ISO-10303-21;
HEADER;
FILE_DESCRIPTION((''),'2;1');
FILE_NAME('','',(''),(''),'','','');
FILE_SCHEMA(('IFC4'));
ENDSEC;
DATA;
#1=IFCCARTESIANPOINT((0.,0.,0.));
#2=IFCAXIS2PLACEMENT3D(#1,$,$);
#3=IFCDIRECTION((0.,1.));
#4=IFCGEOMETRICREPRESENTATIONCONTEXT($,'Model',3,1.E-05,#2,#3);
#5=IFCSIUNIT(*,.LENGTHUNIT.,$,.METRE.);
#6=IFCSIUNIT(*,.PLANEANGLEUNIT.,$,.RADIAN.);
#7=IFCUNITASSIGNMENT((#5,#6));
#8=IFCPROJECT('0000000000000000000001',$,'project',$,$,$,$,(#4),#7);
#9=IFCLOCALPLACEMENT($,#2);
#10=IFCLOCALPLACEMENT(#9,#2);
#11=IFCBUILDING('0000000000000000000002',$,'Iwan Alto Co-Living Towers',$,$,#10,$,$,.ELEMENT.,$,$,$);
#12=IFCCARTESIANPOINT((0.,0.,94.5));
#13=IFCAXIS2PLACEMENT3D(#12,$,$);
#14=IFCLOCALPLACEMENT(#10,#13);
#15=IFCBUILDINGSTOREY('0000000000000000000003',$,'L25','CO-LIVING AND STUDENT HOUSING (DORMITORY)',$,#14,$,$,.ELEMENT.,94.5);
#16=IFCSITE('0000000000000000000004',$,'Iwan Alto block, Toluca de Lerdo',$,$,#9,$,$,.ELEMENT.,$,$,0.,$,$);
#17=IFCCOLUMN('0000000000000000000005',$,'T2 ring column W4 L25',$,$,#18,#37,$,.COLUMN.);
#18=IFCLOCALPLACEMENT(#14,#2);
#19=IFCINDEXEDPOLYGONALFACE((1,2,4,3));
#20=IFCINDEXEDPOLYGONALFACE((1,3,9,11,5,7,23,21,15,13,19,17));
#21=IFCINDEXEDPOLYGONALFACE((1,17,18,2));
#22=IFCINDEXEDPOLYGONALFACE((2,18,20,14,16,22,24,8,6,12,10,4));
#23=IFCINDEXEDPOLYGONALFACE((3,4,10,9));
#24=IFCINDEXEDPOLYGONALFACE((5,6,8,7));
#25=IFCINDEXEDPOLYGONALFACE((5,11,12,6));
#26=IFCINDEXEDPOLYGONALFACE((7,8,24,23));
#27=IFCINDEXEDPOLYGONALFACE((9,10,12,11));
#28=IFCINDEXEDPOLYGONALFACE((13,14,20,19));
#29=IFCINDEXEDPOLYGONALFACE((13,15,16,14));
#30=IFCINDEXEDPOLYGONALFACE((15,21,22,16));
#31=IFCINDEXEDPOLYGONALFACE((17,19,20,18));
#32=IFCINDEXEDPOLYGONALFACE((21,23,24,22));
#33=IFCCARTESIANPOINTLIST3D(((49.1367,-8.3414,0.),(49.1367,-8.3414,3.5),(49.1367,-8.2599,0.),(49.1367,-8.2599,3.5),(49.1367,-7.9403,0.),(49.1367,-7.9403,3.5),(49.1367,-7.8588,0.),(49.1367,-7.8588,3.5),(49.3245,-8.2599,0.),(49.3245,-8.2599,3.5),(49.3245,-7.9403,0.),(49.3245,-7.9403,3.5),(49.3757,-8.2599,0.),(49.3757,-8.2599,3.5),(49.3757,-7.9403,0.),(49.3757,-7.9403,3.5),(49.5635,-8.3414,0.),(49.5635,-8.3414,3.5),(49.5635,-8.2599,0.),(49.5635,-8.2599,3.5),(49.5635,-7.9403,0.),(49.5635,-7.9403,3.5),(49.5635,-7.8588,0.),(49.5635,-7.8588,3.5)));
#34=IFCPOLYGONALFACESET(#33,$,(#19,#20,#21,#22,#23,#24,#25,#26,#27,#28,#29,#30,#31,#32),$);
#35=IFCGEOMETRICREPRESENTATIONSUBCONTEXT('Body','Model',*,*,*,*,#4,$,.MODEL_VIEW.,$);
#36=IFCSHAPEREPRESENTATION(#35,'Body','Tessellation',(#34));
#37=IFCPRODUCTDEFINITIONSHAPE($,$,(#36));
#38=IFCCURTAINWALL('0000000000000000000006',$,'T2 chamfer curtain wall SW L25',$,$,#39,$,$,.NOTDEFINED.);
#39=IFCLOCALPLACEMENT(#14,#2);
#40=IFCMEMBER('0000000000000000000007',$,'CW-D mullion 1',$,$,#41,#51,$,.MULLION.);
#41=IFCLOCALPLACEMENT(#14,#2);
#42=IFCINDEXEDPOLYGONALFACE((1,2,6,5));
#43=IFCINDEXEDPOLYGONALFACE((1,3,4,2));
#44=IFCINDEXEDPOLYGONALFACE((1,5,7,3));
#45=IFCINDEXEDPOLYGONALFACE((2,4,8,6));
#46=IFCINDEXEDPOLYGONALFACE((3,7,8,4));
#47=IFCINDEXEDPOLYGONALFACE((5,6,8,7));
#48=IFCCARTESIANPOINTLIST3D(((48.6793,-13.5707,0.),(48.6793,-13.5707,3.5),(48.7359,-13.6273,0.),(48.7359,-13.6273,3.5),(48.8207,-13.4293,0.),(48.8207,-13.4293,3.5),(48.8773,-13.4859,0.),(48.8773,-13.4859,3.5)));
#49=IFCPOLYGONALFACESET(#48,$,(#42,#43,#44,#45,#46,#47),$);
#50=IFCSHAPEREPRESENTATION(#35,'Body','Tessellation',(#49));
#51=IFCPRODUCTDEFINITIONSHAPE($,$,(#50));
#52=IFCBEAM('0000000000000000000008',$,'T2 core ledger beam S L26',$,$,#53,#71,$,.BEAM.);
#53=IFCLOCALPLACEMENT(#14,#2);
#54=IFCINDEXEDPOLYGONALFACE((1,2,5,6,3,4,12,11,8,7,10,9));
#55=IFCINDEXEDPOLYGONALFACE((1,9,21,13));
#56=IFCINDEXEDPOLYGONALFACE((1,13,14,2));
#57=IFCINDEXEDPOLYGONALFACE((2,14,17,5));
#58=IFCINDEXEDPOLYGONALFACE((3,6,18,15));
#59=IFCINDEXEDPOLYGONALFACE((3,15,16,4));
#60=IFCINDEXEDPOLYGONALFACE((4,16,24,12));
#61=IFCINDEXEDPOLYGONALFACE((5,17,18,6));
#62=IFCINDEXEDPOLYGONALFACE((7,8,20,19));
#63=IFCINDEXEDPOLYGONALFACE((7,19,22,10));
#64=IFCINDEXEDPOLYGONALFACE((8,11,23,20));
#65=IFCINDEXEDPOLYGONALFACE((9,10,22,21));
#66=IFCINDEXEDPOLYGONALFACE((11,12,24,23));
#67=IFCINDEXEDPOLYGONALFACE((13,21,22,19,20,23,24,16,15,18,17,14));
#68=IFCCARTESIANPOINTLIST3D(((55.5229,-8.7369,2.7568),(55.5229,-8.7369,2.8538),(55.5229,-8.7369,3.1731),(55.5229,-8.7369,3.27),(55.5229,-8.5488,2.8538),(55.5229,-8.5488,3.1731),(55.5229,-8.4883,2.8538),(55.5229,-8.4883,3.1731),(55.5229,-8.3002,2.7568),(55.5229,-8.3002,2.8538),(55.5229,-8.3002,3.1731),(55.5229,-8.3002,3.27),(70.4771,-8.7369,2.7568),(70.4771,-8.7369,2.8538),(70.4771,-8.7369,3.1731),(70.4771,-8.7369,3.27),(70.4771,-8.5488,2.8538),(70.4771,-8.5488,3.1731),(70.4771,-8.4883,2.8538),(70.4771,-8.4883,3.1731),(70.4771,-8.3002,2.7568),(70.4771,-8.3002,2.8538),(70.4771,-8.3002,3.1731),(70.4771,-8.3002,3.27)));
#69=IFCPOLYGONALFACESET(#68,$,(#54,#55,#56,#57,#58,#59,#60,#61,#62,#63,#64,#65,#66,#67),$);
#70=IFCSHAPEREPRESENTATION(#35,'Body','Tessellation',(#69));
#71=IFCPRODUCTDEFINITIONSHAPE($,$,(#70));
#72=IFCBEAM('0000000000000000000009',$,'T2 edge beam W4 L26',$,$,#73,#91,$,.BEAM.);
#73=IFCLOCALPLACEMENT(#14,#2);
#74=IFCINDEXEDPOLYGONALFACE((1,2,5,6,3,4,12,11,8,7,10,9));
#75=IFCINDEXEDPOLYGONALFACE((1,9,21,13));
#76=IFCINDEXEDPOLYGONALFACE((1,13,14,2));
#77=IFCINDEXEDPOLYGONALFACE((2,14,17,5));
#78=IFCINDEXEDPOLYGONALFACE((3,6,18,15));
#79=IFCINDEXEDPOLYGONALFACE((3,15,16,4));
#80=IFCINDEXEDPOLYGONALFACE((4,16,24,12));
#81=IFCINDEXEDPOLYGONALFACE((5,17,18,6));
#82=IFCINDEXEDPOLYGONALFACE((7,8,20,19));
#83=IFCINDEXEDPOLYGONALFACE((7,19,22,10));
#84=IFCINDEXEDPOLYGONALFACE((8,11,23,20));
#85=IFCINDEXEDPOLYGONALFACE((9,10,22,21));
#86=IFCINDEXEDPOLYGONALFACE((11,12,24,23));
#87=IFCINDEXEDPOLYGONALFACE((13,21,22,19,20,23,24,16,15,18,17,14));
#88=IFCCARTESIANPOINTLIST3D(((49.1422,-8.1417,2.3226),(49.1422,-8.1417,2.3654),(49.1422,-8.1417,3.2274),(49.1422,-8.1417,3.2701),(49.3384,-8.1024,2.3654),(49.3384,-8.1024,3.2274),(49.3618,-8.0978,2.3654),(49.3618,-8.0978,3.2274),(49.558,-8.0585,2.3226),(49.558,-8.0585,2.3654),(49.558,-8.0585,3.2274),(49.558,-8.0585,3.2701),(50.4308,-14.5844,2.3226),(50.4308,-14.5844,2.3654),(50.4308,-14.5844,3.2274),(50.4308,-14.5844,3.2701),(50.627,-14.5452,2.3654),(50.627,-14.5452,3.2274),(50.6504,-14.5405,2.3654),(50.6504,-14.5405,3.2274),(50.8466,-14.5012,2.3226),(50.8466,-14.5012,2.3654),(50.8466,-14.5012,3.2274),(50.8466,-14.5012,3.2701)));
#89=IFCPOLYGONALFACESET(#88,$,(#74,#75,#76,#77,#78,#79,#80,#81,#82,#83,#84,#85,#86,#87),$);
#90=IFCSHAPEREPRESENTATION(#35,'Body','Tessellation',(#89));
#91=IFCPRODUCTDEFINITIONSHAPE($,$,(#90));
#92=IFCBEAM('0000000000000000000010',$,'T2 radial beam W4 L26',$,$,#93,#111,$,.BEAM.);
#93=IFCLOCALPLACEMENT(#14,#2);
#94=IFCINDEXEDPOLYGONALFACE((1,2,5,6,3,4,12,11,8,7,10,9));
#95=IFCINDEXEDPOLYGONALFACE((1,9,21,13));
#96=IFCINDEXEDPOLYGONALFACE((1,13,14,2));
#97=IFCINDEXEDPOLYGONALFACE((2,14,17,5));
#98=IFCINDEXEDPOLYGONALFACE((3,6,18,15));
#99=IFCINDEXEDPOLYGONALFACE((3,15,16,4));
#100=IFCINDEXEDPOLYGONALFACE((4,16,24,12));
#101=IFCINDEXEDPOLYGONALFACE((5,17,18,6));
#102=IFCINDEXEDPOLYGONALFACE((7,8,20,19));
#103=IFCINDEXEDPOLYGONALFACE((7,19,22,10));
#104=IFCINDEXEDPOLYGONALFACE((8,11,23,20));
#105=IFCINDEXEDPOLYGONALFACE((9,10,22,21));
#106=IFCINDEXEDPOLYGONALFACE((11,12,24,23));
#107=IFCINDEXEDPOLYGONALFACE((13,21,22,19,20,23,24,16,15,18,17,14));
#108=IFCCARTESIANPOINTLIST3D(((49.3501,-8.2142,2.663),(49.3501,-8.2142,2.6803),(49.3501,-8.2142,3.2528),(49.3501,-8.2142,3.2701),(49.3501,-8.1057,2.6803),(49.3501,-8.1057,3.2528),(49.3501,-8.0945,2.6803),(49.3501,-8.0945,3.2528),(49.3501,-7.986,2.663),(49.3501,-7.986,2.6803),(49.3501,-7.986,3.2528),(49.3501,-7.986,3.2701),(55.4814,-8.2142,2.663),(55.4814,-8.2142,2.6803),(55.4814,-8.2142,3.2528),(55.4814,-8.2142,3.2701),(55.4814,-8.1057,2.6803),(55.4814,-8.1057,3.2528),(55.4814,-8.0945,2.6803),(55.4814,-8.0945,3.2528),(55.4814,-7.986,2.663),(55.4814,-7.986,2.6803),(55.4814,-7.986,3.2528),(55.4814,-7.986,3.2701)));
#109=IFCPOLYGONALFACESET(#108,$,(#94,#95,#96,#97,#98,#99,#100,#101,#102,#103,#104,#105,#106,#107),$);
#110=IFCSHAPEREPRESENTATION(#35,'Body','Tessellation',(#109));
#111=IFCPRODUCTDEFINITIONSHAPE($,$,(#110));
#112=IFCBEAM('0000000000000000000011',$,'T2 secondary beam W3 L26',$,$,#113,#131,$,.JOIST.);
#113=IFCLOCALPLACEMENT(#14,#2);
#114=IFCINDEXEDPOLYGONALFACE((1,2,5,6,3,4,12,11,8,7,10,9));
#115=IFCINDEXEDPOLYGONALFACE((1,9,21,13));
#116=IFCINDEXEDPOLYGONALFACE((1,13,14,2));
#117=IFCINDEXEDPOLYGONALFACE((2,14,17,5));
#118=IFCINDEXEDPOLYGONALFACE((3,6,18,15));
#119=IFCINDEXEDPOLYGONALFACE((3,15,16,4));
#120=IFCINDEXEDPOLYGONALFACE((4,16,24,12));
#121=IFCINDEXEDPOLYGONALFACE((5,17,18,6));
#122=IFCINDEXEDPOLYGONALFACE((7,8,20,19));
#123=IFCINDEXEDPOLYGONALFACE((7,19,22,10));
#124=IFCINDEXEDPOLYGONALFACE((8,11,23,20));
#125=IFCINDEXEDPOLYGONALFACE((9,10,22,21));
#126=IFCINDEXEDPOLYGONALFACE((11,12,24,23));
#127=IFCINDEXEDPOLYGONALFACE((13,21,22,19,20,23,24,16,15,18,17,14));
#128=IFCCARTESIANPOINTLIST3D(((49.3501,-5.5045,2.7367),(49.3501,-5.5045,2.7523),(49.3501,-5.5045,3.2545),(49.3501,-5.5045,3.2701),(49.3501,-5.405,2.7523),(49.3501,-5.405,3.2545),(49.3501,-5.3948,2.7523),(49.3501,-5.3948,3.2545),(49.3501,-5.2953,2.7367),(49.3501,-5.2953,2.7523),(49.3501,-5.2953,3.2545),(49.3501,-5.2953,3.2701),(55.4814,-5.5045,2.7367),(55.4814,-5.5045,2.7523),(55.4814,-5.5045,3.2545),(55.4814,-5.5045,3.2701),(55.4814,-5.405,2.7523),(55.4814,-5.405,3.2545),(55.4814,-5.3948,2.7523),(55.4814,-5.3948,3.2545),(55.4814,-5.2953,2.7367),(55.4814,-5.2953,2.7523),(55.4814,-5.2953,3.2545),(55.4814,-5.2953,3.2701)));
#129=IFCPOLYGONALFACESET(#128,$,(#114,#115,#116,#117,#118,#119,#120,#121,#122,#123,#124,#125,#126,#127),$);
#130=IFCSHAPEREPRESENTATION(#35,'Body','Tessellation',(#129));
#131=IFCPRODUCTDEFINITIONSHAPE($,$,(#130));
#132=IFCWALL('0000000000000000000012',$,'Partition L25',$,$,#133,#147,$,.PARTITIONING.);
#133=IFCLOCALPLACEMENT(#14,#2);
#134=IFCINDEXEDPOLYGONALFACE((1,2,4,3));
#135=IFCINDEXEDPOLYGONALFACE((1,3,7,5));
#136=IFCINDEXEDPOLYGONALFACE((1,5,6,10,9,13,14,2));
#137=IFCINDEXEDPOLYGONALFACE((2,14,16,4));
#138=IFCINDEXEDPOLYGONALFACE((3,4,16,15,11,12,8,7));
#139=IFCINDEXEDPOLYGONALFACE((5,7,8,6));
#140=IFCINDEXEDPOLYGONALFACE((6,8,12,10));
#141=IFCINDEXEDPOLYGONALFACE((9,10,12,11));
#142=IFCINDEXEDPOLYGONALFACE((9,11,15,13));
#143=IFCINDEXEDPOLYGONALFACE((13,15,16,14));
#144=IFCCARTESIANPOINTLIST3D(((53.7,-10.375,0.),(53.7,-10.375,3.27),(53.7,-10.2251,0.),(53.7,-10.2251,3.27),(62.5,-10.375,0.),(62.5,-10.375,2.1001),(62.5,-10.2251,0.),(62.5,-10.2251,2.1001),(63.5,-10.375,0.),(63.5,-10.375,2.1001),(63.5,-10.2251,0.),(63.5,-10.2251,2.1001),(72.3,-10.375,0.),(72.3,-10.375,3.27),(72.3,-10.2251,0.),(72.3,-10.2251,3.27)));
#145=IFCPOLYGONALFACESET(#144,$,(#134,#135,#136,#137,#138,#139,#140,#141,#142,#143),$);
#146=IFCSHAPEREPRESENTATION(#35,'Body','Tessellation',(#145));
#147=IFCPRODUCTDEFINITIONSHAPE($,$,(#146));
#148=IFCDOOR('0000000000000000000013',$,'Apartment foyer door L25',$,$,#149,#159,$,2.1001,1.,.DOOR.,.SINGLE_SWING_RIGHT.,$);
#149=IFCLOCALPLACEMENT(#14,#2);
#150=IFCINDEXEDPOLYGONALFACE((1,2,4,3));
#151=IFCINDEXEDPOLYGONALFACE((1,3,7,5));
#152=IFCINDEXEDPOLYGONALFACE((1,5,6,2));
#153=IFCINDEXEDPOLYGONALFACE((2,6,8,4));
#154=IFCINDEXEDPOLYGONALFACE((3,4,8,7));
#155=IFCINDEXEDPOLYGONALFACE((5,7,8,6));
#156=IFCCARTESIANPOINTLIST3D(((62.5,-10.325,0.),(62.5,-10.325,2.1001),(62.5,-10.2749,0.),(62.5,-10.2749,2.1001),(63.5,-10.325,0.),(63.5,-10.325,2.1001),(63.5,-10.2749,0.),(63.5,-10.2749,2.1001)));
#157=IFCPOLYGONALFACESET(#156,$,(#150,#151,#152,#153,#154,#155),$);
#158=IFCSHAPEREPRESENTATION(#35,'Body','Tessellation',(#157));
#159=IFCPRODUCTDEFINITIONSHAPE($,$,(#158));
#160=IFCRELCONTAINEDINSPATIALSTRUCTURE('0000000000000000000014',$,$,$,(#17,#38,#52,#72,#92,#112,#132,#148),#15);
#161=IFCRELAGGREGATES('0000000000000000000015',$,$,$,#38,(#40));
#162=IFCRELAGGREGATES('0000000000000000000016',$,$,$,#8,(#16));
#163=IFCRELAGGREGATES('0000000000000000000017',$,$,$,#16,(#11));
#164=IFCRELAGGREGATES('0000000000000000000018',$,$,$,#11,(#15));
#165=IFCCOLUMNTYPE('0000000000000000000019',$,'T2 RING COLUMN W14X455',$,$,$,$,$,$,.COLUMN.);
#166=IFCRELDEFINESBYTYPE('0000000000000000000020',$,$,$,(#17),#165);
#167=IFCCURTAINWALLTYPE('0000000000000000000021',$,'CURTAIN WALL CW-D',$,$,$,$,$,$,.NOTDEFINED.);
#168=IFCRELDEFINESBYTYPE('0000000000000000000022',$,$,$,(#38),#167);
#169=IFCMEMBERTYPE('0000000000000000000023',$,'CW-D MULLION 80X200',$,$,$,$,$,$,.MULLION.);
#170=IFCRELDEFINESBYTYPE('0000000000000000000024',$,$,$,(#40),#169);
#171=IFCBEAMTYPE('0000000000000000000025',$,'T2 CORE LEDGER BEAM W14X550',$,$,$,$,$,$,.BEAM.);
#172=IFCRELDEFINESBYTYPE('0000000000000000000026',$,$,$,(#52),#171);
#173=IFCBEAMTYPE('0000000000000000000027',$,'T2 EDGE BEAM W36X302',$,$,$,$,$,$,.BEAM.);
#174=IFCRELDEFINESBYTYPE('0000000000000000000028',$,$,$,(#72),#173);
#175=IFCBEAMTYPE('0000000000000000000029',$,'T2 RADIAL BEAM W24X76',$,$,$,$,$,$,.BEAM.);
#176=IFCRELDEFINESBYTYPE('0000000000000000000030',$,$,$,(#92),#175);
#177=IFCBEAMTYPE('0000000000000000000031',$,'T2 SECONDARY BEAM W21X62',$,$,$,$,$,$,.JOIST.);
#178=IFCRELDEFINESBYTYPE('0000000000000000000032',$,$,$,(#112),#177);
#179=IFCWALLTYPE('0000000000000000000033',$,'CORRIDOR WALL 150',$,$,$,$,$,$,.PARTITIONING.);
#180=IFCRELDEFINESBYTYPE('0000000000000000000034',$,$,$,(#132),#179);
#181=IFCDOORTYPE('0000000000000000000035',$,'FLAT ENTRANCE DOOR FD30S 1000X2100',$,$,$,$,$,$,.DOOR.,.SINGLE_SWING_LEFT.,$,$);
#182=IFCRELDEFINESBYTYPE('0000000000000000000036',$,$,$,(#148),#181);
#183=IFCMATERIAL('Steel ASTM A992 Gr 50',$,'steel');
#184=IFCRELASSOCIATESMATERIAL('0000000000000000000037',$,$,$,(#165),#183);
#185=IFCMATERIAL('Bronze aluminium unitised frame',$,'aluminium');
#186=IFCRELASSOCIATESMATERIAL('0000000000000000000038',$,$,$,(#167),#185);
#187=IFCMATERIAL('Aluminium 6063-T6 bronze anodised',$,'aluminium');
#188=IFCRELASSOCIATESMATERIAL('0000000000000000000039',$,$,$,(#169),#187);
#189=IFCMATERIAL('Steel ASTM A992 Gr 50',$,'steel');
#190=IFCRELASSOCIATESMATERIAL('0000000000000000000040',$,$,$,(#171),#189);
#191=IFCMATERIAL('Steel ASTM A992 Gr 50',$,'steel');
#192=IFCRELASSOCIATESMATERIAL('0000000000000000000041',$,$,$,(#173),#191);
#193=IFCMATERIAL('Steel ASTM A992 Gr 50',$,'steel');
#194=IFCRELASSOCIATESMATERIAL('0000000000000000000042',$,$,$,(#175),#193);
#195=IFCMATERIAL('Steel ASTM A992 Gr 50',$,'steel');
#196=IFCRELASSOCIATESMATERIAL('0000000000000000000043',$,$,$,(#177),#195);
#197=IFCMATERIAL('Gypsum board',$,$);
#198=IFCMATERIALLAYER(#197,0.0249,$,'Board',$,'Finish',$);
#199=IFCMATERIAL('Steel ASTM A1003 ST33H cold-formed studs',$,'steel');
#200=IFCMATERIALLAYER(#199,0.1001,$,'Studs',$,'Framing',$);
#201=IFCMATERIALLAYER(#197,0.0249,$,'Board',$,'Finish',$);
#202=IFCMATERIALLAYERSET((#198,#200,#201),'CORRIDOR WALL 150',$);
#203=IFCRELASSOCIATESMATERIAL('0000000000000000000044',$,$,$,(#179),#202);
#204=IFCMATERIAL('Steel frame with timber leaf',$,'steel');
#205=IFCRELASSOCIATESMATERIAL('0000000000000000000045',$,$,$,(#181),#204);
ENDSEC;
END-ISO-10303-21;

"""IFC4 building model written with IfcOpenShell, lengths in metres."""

from ifc_helpers import new_model, si_unit, direction, frame, frame_2d, origin, origin_2d, place, context, subcontext, project, spatial, rectangle, i_section, extrude, material, layer, layer_set, material_profile, profile_set, type_object, element, fill, aggregate, save


model = new_model("IFC4")

# Units and contexts
model_context = context("Model", 3, precision=1e-05, world=origin(), true_north=direction((0.0, 1.0)))
body_context = subcontext(model_context, "Body", "Model", "MODEL_VIEW")
ifc_project = project(units=[si_unit("LENGTHUNIT", "METRE"), si_unit("PLANEANGLEUNIT", "RADIAN")], contexts=[model_context])

# Site, building, storey
site_placement = place(None, origin())
site = spatial("IfcSite", under=ifc_project, at=site_placement, Name="Iwan Alto block, Toluca de Lerdo", CompositionType="ELEMENT", RefElevation=0.0)
building_placement = place(site_placement, origin())
building = spatial("IfcBuilding", under=site, at=building_placement, Name="Iwan Alto Co-Living Towers", CompositionType="ELEMENT")
storey_placement = place(building_placement, frame((0.0, 0.0, 94.5)))
storey = spatial("IfcBuildingStorey", under=building, at=storey_placement, Name="L25", Description="CO-LIVING AND STUDENT HOUSING (DORMITORY)", CompositionType="ELEMENT", Elevation=94.5)

# Column
ifc_material_1 = material(Name="Steel ASTM A992 Gr 50", Category="steel")
ifc_material_profile_1 = material_profile(ifc_material_1, i_section(OverallWidth=0.4268, OverallDepth=0.4827, WebThickness=0.0513, FlangeThickness=0.0815, at=origin_2d()), Name="W14X455")
ifc_profile_set_1 = profile_set([ifc_material_profile_1], Name="Steel ASTM A992 Gr 50")
column_type = type_object("IfcColumnType", Name="T2 RING COLUMN W14X455", PredefinedType="COLUMN", material=ifc_profile_set_1)
column_placement = place(storey_placement, frame((49.3501, -8.1001, 0.0), z_axis=(0.0, 0.0, 1.0), x_axis=(1.0, 0.0, 0.0)))
element("IfcColumn", 1, at=column_placement, inside=storey, type_object=column_type, Name="T2 ring column W4 L25", PredefinedType="COLUMN", context=body_context, shape_type="SweptSolid", body=[
    extrude(i_section(OverallWidth=0.4268, OverallDepth=0.4827, WebThickness=0.0513, FlangeThickness=0.0815, at=origin_2d()), origin(), (0.0, 0.0, 1.0), 3.5),
])

# Curtain wall, member
ifc_material_2 = material(Name="Bronze aluminium unitised frame", Category="aluminium")
curtain_wall_type = type_object("IfcCurtainWallType", Name="CURTAIN WALL CW-D", PredefinedType="NOTDEFINED", material=ifc_material_2)
curtain_wall_placement = place(storey_placement, origin())
curtain_wall = element("IfcCurtainWall", 2, at=curtain_wall_placement, inside=storey, type_object=curtain_wall_type, Name="T2 chamfer curtain wall SW L25", PredefinedType="NOTDEFINED")
ifc_material_3 = material(Name="Aluminium 6063-T6 bronze anodised", Category="aluminium")
ifc_material_profile_2 = material_profile(ifc_material_3, rectangle(XDim=0.2, YDim=0.0801, at=origin_2d()), Name="AL 80X200")
ifc_profile_set_2 = profile_set([ifc_material_profile_2], Name="Aluminium 6063-T6 bronze anodised")
member_type = type_object("IfcMemberType", Name="CW-D MULLION 80X200", PredefinedType="MULLION", material=ifc_profile_set_2)
member_placement = place(storey_placement, frame((48.7783, -13.5283, 0.0), z_axis=(0.0, 0.0, 1.0), x_axis=(0.707107, 0.707107, 0.0)))
member = element("IfcMember", 3, at=member_placement, type_object=member_type, Name="CW-D mullion 1", PredefinedType="MULLION", context=body_context, shape_type="SweptSolid", body=[
    extrude(rectangle(XDim=0.2, YDim=0.0801, at=origin_2d()), origin(), (0.0, 0.0, 1.0), 3.5),
])
aggregate(curtain_wall, [member])

# Beams
ifc_material_4 = material(Name="Steel ASTM A992 Gr 50", Category="steel")
ifc_material_profile_3 = material_profile(ifc_material_4, i_section(OverallWidth=0.4368, OverallDepth=0.5132, WebThickness=0.0605, FlangeThickness=0.0969, at=origin_2d()), Name="W14X550")
ifc_profile_set_3 = profile_set([ifc_material_profile_3], Name="Steel ASTM A992 Gr 50")
beam_type_1 = type_object("IfcBeamType", Name="T2 CORE LEDGER BEAM W14X550", PredefinedType="BEAM", material=ifc_profile_set_3)
beam_1_placement = place(storey_placement, frame((55.5229, -8.5186, 3.0134), z_axis=(1.0, 0.0, 0.0), x_axis=(0.0, 1.0, 0.0)))
element("IfcBeam", 4, at=beam_1_placement, inside=storey, type_object=beam_type_1, Name="T2 core ledger beam S L26", PredefinedType="BEAM", context=body_context, shape_type="SweptSolid", body=[
    extrude(i_section(OverallWidth=0.4368, OverallDepth=0.5132, WebThickness=0.0605, FlangeThickness=0.0969, at=origin_2d()), origin(), (0.0, 0.0, 1.0), 14.9541),
])
ifc_material_5 = material(Name="Steel ASTM A992 Gr 50", Category="steel")
ifc_material_profile_4 = material_profile(ifc_material_5, i_section(OverallWidth=0.4241, OverallDepth=0.9475, WebThickness=0.0239, FlangeThickness=0.0427, at=origin_2d()), Name="W36X302")
ifc_profile_set_4 = profile_set([ifc_material_profile_4], Name="Steel ASTM A992 Gr 50")
beam_type_2 = type_object("IfcBeamType", Name="T2 EDGE BEAM W36X302", PredefinedType="BEAM", material=ifc_profile_set_4)
beam_2_placement = place(storey_placement, frame((49.3501, -8.1001, 2.7964), z_axis=(0.196123, -0.980579, 0.0), x_axis=(0.980579, 0.196123, 0.0)))
element("IfcBeam", 5, at=beam_2_placement, inside=storey, type_object=beam_type_2, Name="T2 edge beam W4 L26", PredefinedType="BEAM", context=body_context, shape_type="SweptSolid", body=[
    extrude(i_section(OverallWidth=0.4241, OverallDepth=0.9475, WebThickness=0.0239, FlangeThickness=0.0427, at=origin_2d()), origin(), (0.0, 0.0, 1.0), 6.5703),
])
ifc_material_6 = material(Name="Steel ASTM A992 Gr 50", Category="steel")
ifc_material_profile_5 = material_profile(ifc_material_6, i_section(OverallWidth=0.2283, OverallDepth=0.6072, WebThickness=0.0112, FlangeThickness=0.0173, at=origin_2d()), Name="W24X76")
ifc_profile_set_5 = profile_set([ifc_material_profile_5], Name="Steel ASTM A992 Gr 50")
beam_type_3 = type_object("IfcBeamType", Name="T2 RADIAL BEAM W24X76", PredefinedType="BEAM", material=ifc_profile_set_5)
beam_3_placement = place(storey_placement, frame((49.3501, -8.1001, 2.9666), z_axis=(1.0, 0.0, 0.0), x_axis=(0.0, 1.0, 0.0)))
element("IfcBeam", 6, at=beam_3_placement, inside=storey, type_object=beam_type_3, Name="T2 radial beam W4 L26", PredefinedType="BEAM", context=body_context, shape_type="SweptSolid", body=[
    extrude(i_section(OverallWidth=0.2283, OverallDepth=0.6072, WebThickness=0.0112, FlangeThickness=0.0173, at=origin_2d()), origin(), (0.0, 0.0, 1.0), 6.1313),
])
ifc_material_7 = material(Name="Steel ASTM A992 Gr 50", Category="steel")
ifc_material_profile_6 = material_profile(ifc_material_7, i_section(OverallWidth=0.2092, OverallDepth=0.5334, WebThickness=0.0103, FlangeThickness=0.0156, at=origin_2d()), Name="W21X62")
ifc_profile_set_6 = profile_set([ifc_material_profile_6], Name="Steel ASTM A992 Gr 50")
beam_type_4 = type_object("IfcBeamType", Name="T2 SECONDARY BEAM W21X62", PredefinedType="JOIST", material=ifc_profile_set_6)
beam_4_placement = place(storey_placement, frame((49.3501, -5.3999, 3.0034), z_axis=(1.0, 0.0, 0.0), x_axis=(0.0, 1.0, 0.0)))
element("IfcBeam", 7, at=beam_4_placement, inside=storey, type_object=beam_type_4, Name="T2 secondary beam W3 L26", PredefinedType="JOIST", context=body_context, shape_type="SweptSolid", body=[
    extrude(i_section(OverallWidth=0.2092, OverallDepth=0.5334, WebThickness=0.0103, FlangeThickness=0.0156, at=origin_2d()), origin(), (0.0, 0.0, 1.0), 6.1313),
])

# Wall, opening, door
ifc_material_8 = material(Name="Gypsum board")
ifc_layer_1 = layer(ifc_material_8, 0.0249, Name="Board", Category="Finish")
ifc_material_9 = material(Name="Steel ASTM A1003 ST33H cold-formed studs", Category="steel")
ifc_layer_2 = layer(ifc_material_9, 0.1001, Name="Studs", Category="Framing")
ifc_layer_3 = layer(ifc_material_8, 0.0249, Name="Board", Category="Finish")
ifc_layer_set_1 = layer_set([ifc_layer_1, ifc_layer_2, ifc_layer_3], Name="CORRIDOR WALL 150")
wall_type_1 = type_object("IfcWallType", Name="CORRIDOR WALL 150", PredefinedType="PARTITIONING", material=ifc_layer_set_1)
wall_1_placement = place(storey_placement, frame((53.7, -10.3, 0.0), z_axis=(0.0, 0.0, 1.0), x_axis=(1.0, 0.0, 0.0)))
wall_1 = element("IfcWall", 8, at=wall_1_placement, inside=storey, type_object=wall_type_1, Name="Partition L25", PredefinedType="PARTITIONING", context=body_context, shape_type="SweptSolid", body=[
    extrude(rectangle(XDim=18.6001, YDim=0.1499, at=frame_2d((9.3, 0.0))), origin(), (0.0, 0.0, 1.0), 3.27),
])
opening_1_placement = place(wall_1_placement, frame((8.8, 0.0, 0.0)))
opening_1 = element("IfcOpeningElement", 9, at=opening_1_placement, cuts=wall_1, PredefinedType="OPENING", context=body_context, shape_type="SweptSolid", body=[
    extrude(rectangle(XDim=1.0, YDim=2.1001, at=frame_2d((0.5, 1.05))), frame((0.0, 0.085, 0.0), z_axis=(0.0, -1.0, 0.0), x_axis=(1.0, 0.0, 0.0)), (0.0, 0.0, 1.0), 0.1699),
])
ifc_material_10 = material(Name="Steel frame with timber leaf", Category="steel")
door_type_1 = type_object("IfcDoorType", Name="FLAT ENTRANCE DOOR FD30S 1000X2100", OperationType="SINGLE_SWING_LEFT", PredefinedType="DOOR", material=ifc_material_10)
door_1_placement = place(opening_1_placement, frame((1.0, 0.0, 0.0), z_axis=(0.0, 0.0, 1.0), x_axis=(-1.0, 0.0, 0.0)))
door_1 = element("IfcDoor", 10, at=door_1_placement, inside=storey, type_object=door_type_1, Name="Apartment foyer door L25", OperationType="SINGLE_SWING_RIGHT", OverallHeight=2.1001, OverallWidth=1.0, PredefinedType="DOOR", context=body_context, shape_type="SweptSolid", body=[
    extrude(rectangle(XDim=1.0, YDim=2.1001, at=frame_2d((0.5, 1.05))), frame((0.0, 0.0249, 0.0), z_axis=(0.0, -1.0, 0.0), x_axis=(1.0, 0.0, 0.0)), (0.0, 0.0, 1.0), 0.05),
])
fill(opening_1, door_1)

save(model, "model.ifc")
